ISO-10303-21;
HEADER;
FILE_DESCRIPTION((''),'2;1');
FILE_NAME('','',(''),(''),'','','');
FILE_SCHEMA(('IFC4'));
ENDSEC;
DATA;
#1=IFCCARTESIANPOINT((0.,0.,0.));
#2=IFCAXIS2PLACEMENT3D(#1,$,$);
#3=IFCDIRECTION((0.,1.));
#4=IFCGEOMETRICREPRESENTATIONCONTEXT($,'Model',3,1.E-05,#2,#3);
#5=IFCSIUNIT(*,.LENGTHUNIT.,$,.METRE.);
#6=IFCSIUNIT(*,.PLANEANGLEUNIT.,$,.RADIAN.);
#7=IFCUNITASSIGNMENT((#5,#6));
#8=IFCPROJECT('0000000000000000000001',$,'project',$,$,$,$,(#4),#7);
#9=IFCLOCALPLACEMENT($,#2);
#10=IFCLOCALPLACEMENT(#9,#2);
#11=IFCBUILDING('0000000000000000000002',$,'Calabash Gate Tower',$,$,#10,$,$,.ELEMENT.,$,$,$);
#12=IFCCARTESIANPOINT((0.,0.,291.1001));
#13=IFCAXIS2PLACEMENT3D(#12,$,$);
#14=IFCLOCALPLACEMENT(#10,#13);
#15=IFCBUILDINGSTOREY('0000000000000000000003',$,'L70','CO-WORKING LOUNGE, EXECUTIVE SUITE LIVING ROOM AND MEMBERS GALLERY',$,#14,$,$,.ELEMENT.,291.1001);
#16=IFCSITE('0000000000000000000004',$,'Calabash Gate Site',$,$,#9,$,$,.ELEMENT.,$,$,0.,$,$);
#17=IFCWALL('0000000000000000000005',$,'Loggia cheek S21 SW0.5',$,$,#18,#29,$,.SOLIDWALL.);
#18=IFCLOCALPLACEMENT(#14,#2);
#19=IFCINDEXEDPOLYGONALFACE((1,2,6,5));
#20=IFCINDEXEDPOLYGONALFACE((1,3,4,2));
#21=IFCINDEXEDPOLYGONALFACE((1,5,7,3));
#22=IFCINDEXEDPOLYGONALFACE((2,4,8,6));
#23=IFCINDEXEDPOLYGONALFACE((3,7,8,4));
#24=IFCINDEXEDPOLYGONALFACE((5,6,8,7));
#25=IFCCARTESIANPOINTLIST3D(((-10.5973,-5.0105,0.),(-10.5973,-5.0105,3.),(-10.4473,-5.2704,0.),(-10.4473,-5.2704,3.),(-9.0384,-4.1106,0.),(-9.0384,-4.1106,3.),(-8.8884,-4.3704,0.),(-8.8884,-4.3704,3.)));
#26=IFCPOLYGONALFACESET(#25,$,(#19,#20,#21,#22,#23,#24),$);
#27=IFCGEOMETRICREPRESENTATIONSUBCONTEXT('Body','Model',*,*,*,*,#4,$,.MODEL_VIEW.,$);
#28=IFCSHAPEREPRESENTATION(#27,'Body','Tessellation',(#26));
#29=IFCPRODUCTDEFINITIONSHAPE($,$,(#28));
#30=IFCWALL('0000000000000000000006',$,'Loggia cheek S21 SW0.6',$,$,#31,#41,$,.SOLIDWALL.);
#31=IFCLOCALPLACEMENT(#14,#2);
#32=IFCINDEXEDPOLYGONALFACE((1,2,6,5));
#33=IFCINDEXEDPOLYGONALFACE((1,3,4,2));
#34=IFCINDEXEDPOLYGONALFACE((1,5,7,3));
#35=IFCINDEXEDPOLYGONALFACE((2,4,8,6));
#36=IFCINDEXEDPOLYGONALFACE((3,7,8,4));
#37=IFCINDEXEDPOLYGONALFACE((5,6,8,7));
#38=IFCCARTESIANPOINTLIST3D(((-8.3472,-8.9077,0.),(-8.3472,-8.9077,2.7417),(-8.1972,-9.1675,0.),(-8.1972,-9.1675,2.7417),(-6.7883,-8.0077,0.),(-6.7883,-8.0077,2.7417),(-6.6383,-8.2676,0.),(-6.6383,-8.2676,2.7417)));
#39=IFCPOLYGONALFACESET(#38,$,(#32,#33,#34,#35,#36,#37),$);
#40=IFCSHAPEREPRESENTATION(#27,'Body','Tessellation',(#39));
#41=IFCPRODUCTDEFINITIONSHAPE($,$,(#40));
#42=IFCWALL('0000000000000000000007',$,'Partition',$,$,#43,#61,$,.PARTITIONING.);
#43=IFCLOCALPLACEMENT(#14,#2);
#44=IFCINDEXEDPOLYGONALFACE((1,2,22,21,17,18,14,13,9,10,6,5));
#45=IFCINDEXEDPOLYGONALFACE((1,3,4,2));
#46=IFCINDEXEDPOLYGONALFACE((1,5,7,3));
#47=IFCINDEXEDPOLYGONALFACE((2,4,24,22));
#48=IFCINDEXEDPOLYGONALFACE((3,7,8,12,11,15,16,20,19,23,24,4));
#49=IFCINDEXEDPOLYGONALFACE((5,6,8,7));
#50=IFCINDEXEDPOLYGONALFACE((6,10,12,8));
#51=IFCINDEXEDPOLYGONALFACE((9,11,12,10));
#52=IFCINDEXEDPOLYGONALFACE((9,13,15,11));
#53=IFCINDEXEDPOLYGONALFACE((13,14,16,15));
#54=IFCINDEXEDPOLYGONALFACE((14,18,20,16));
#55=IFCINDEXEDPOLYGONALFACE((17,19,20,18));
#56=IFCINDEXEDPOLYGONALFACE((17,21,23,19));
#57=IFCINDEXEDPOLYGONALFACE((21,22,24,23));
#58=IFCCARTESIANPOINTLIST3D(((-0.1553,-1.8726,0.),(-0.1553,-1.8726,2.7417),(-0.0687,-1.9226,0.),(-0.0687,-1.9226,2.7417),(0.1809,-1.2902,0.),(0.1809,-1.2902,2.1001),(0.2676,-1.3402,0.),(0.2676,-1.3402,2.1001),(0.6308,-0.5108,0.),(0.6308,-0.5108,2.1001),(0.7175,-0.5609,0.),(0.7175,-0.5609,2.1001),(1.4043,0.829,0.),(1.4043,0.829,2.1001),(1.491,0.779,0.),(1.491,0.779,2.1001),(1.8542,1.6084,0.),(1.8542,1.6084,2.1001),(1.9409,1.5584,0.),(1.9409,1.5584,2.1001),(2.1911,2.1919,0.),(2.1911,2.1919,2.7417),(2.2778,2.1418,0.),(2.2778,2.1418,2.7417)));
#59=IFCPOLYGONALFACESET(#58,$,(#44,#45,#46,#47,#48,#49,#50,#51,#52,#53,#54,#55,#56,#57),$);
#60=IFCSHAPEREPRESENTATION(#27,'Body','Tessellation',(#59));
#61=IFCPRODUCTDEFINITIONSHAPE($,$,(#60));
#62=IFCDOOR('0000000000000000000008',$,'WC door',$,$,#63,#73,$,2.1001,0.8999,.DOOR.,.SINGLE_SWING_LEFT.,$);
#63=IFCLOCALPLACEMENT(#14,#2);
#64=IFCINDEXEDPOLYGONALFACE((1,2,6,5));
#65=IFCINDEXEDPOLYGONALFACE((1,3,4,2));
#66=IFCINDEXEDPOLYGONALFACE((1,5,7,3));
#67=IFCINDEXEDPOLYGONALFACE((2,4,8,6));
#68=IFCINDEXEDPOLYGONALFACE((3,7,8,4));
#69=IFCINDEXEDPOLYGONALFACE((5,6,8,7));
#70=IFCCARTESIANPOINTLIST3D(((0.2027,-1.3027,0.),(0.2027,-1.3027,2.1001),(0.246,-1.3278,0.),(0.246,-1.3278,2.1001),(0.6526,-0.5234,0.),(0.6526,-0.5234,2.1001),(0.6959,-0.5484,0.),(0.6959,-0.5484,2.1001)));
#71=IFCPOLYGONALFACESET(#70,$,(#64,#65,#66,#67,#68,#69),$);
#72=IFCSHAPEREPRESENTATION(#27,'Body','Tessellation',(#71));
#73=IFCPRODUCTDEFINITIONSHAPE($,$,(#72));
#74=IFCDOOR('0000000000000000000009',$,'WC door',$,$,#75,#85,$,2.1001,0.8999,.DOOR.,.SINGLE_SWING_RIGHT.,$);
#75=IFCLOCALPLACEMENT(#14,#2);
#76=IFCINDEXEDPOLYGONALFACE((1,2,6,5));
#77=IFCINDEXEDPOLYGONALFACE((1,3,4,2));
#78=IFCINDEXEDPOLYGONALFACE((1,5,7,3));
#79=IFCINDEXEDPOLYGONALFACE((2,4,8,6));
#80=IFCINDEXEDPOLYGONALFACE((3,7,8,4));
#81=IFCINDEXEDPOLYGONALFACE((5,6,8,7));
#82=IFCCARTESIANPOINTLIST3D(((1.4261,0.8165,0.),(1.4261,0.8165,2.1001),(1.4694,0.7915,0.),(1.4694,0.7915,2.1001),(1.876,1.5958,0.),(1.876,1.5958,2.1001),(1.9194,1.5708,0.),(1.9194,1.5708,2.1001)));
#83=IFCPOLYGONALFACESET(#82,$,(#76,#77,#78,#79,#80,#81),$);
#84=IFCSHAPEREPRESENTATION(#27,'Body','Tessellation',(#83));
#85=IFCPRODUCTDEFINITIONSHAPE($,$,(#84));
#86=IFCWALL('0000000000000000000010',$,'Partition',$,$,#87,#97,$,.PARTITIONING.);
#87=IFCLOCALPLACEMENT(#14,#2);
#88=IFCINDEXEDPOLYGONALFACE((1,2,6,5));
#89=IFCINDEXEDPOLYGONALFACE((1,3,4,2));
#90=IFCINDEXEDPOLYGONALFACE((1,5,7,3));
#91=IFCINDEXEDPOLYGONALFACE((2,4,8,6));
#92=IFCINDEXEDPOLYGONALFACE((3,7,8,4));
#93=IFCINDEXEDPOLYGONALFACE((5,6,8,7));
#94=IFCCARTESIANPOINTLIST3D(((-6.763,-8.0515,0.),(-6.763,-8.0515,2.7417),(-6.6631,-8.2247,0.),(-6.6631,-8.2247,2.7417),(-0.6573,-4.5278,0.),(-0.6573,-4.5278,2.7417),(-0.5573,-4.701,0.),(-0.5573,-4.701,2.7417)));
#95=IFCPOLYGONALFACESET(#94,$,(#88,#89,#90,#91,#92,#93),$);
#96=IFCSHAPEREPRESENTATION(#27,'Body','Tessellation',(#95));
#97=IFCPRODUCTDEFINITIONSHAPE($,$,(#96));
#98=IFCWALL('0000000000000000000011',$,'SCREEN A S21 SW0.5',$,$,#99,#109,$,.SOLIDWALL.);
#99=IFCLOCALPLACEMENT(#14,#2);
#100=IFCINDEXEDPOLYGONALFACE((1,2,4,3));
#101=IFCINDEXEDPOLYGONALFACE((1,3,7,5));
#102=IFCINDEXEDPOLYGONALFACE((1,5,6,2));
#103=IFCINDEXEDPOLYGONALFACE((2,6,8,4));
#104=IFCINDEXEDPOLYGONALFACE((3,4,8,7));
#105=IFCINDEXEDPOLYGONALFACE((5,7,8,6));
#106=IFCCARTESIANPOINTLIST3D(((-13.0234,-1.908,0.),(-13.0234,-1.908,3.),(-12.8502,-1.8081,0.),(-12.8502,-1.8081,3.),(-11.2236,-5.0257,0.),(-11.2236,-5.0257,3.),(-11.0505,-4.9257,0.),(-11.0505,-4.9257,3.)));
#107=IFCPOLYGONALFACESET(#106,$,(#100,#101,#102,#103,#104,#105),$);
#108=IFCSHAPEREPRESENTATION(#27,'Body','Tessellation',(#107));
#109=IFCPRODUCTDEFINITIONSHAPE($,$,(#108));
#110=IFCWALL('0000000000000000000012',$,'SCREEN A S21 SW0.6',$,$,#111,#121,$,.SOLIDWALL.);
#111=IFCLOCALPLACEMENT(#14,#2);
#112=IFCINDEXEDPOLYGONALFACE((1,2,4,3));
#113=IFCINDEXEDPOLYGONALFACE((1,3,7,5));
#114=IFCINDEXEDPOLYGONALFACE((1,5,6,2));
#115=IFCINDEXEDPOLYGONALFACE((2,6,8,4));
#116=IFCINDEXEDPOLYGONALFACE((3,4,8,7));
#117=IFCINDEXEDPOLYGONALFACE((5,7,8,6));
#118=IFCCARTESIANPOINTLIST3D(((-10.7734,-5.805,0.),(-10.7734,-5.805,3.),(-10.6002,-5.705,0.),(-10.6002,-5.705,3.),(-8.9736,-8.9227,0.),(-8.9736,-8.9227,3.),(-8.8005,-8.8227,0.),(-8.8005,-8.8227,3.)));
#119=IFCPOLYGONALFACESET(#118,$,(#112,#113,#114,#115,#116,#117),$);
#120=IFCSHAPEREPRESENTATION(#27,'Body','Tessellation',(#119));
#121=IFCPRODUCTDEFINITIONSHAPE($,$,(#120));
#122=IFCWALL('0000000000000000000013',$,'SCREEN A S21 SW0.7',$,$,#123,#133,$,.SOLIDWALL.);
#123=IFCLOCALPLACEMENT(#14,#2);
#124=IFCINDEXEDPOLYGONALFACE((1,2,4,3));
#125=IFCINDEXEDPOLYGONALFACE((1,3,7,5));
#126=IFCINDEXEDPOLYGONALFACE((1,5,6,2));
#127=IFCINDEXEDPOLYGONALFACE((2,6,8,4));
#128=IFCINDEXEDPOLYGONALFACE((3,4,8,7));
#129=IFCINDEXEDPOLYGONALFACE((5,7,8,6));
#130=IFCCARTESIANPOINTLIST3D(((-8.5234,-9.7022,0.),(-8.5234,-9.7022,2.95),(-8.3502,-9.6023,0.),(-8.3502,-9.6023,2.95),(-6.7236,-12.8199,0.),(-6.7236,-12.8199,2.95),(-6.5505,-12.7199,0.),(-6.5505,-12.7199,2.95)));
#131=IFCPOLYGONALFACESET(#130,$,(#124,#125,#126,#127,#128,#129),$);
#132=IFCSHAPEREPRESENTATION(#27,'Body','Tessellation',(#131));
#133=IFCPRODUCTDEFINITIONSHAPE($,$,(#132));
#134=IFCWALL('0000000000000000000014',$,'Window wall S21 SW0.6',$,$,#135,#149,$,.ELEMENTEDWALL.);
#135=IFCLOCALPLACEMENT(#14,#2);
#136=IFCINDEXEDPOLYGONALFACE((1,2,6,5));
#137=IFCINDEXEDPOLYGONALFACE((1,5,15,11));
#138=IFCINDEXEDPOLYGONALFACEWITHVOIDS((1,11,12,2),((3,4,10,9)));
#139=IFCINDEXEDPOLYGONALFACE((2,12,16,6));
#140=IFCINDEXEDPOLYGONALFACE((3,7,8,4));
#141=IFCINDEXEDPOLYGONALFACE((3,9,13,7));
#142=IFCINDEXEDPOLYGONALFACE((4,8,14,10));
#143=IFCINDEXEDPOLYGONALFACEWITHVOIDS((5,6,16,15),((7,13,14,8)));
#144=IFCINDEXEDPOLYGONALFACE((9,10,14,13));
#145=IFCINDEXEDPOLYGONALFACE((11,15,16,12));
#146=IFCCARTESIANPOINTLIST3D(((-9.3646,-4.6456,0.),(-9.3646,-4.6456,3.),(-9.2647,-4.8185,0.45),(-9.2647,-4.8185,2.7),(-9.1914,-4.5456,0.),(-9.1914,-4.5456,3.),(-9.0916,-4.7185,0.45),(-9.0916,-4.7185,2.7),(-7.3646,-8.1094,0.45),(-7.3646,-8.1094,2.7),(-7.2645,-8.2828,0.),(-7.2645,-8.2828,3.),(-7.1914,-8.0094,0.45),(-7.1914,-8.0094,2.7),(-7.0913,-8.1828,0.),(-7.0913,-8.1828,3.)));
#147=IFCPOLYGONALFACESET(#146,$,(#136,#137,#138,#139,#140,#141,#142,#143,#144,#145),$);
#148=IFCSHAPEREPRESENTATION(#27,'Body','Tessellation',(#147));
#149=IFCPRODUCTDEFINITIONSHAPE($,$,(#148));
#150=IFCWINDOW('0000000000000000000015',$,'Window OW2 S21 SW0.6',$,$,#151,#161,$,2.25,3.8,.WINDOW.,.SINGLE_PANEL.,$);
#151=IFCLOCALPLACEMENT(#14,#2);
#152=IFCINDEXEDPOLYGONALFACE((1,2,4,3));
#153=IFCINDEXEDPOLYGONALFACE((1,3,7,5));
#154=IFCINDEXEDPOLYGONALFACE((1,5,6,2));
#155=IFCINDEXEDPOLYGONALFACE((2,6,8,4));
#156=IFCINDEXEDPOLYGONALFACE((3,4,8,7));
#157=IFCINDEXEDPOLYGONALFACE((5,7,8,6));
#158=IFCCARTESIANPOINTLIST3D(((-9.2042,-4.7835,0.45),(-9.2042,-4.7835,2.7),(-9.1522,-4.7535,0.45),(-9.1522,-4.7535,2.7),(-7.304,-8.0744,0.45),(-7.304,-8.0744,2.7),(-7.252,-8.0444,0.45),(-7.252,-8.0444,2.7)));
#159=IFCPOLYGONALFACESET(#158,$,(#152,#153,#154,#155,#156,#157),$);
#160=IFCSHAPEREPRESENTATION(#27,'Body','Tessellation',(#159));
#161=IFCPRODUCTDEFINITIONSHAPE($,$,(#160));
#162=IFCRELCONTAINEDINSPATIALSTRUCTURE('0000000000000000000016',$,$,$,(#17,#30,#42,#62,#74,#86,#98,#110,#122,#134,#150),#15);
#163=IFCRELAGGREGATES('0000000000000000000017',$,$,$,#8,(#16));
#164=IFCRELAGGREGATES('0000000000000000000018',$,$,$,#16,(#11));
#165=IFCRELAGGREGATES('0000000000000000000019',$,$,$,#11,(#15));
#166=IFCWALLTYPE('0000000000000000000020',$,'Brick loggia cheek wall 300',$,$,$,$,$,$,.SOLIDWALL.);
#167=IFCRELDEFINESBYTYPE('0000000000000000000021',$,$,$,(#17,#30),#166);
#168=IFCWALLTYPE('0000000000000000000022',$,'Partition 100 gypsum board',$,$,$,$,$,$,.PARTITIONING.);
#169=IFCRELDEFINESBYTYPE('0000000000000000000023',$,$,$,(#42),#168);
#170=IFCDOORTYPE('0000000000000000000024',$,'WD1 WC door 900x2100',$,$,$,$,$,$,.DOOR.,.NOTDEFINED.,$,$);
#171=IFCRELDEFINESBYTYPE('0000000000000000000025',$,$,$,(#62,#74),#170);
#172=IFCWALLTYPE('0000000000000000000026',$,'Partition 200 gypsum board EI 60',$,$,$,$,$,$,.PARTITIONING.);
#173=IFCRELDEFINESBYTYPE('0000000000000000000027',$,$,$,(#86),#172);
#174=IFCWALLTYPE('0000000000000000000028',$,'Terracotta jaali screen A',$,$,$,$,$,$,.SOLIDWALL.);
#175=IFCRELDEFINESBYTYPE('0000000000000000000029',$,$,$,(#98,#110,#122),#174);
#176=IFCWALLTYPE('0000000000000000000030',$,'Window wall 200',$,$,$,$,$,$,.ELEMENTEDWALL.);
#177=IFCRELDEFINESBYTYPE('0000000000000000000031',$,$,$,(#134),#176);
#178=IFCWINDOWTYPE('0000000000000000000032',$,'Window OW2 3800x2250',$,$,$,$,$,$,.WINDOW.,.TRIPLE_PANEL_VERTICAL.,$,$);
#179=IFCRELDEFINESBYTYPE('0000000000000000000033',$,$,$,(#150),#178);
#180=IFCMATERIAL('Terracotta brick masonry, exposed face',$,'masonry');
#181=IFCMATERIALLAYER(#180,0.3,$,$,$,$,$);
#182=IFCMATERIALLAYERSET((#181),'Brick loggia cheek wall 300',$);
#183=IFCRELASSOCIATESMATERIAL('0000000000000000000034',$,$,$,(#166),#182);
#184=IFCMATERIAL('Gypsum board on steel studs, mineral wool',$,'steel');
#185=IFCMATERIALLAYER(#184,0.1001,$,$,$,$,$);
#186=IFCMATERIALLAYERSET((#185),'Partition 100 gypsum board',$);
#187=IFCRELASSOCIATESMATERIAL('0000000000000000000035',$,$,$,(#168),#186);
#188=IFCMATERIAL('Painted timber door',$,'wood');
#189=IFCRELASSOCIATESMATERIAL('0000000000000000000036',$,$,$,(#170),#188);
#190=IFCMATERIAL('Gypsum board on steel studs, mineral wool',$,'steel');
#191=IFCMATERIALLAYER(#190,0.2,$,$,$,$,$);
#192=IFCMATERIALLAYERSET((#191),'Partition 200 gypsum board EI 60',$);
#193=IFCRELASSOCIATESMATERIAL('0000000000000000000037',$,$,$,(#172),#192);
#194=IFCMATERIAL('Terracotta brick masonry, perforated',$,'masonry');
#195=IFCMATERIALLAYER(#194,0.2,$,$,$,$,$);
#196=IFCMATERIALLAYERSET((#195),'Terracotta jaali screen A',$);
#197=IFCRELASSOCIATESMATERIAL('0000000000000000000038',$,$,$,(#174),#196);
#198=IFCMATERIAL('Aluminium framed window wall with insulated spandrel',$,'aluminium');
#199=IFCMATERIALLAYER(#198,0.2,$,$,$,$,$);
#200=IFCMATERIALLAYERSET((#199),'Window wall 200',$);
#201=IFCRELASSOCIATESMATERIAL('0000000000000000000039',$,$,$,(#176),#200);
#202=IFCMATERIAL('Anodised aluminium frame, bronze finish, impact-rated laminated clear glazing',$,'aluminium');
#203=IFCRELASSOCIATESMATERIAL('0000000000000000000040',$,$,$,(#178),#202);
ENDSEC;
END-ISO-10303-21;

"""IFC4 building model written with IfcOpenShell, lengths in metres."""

from ifc_helpers import new_model, si_unit, direction, frame, frame_2d, origin, place, context, subcontext, project, spatial, rectangle, extrude, material, layer, layer_set, type_object, element, fill, save


model = new_model("IFC4")

# Units and contexts
model_context = context("Model", 3, precision=1e-05, world=origin(), true_north=direction((0.0, 1.0)))
body_context = subcontext(model_context, "Body", "Model", "MODEL_VIEW")
ifc_project = project(units=[si_unit("LENGTHUNIT", "METRE"), si_unit("PLANEANGLEUNIT", "RADIAN")], contexts=[model_context])

# Site, building, storey
site_placement = place(None, origin())
site = spatial("IfcSite", under=ifc_project, at=site_placement, Name="Calabash Gate Site", CompositionType="ELEMENT", RefElevation=0.0)
building_placement = place(site_placement, origin())
building = spatial("IfcBuilding", under=site, at=building_placement, Name="Calabash Gate Tower", CompositionType="ELEMENT")
storey_placement = place(building_placement, frame((0.0, 0.0, 291.1001)))
storey = spatial("IfcBuildingStorey", under=building, at=storey_placement, Name="L70", Description="CO-WORKING LOUNGE, EXECUTIVE SUITE LIVING ROOM AND MEMBERS GALLERY", CompositionType="ELEMENT", Elevation=291.1001)

# Walls
ifc_material_1 = material(Name="Terracotta brick masonry, exposed face", Category="masonry")
ifc_layer_1 = layer(ifc_material_1, 0.3)
ifc_layer_set_1 = layer_set([ifc_layer_1], Name="Brick loggia cheek wall 300")
wall_type_1 = type_object("IfcWallType", Name="Brick loggia cheek wall 300", PredefinedType="SOLIDWALL", material=ifc_layer_set_1)
wall_1_placement = place(storey_placement, frame((-10.5222, -5.1404, 0.0), z_axis=(0.0, 0.0, 1.0), x_axis=(0.866048, 0.499961, 0.0)))
element("IfcWall", 1, at=wall_1_placement, inside=storey, type_object=wall_type_1, Name="Loggia cheek S21 SW0.5", PredefinedType="SOLIDWALL", context=body_context, shape_type="SweptSolid", body=[
    extrude(rectangle(XDim=1.8, YDim=0.3, at=frame_2d((0.8999, 0.0))), origin(), (0.0, 0.0, 1.0), 3.0),
])
wall_2_placement = place(storey_placement, frame((-6.7134, -8.1377, 0.0), z_axis=(0.0, 0.0, 1.0), x_axis=(-0.866048, -0.499961, 0.0)))
element("IfcWall", 2, at=wall_2_placement, inside=storey, type_object=wall_type_1, Name="Loggia cheek S21 SW0.6", PredefinedType="SOLIDWALL", context=body_context, shape_type="SweptSolid", body=[
    extrude(rectangle(XDim=1.8, YDim=0.3, at=frame_2d((0.8999, 0.0))), origin(), (0.0, 0.0, 1.0), 2.7417),
])

# Wall, openings, doors
ifc_material_2 = material(Name="Gypsum board on steel studs, mineral wool", Category="steel")
ifc_layer_2 = layer(ifc_material_2, 0.1001)
ifc_layer_set_2 = layer_set([ifc_layer_2], Name="Partition 100 gypsum board")
wall_type_2 = type_object("IfcWallType", Name="Partition 100 gypsum board", PredefinedType="PARTITIONING", material=ifc_layer_set_2)
wall_3_placement = place(storey_placement, frame((-0.1121, -1.8977, 0.0), z_axis=(0.0, 0.0, 1.0), x_axis=(0.499972, 0.866042, 0.0)))
wall_3 = element("IfcWall", 3, at=wall_3_placement, inside=storey, type_object=wall_type_2, Name="Partition", PredefinedType="PARTITIONING", context=body_context, shape_type="SweptSolid", body=[
    extrude(rectangle(XDim=4.6931, YDim=0.1001, at=frame_2d((2.3467, 0.0))), origin(), (0.0, 0.0, 1.0), 2.7417),
])
opening_1_placement = place(wall_3_placement, frame((0.6726, 0.0, 0.0)))
opening_1 = element("IfcOpeningElement", 4, at=opening_1_placement, cuts=wall_3, PredefinedType="OPENING", context=body_context, shape_type="SweptSolid", body=[
    extrude(rectangle(XDim=0.8999, YDim=2.1001, at=frame_2d((0.45, 1.05))), frame((0.0, 0.0601, 0.0), z_axis=(0.0, -1.0, 0.0), x_axis=(1.0, 0.0, 0.0)), (0.0, 0.0, 1.0), 0.1201),
])
opening_2_placement = place(wall_3_placement, frame((3.1196, 0.0, 0.0)))
opening_2 = element("IfcOpeningElement", 5, at=opening_2_placement, cuts=wall_3, PredefinedType="OPENING", context=body_context, shape_type="SweptSolid", body=[
    extrude(rectangle(XDim=0.8999, YDim=2.1001, at=frame_2d((0.45, 1.05))), frame((0.0, 0.0601, 0.0), z_axis=(0.0, -1.0, 0.0), x_axis=(1.0, 0.0, 0.0)), (0.0, 0.0, 1.0), 0.1201),
])
ifc_material_3 = material(Name="Painted timber door", Category="wood")
door_type_1 = type_object("IfcDoorType", Name="WD1 WC door 900x2100", OperationType="NOTDEFINED", PredefinedType="DOOR", material=ifc_material_3)
door_1_placement = place(opening_1_placement, origin())
door_1 = element("IfcDoor", 6, at=door_1_placement, inside=storey, type_object=door_type_1, Name="WC door", OperationType="SINGLE_SWING_LEFT", OverallHeight=2.1001, OverallWidth=0.8999, PredefinedType="DOOR", context=body_context, shape_type="SweptSolid", body=[
    extrude(rectangle(XDim=0.8999, YDim=2.1001, at=frame_2d((0.45, 1.05))), frame((0.0, 0.0249, 0.0), z_axis=(0.0, -1.0, 0.0), x_axis=(1.0, 0.0, 0.0)), (0.0, 0.0, 1.0), 0.05),
])
fill(opening_1, door_1)
door_2_placement = place(opening_2_placement, origin())
door_2 = element("IfcDoor", 7, at=door_2_placement, inside=storey, type_object=door_type_1, Name="WC door", OperationType="SINGLE_SWING_RIGHT", OverallHeight=2.1001, OverallWidth=0.8999, PredefinedType="DOOR", context=body_context, shape_type="SweptSolid", body=[
    extrude(rectangle(XDim=0.8999, YDim=2.1001, at=frame_2d((0.45, 1.05))), frame((0.0, 0.0249, 0.0), z_axis=(0.0, -1.0, 0.0), x_axis=(1.0, 0.0, 0.0)), (0.0, 0.0, 1.0), 0.05),
])
fill(opening_2, door_2)

# Walls
ifc_material_4 = material(Name="Gypsum board on steel studs, mineral wool", Category="steel")
ifc_layer_3 = layer(ifc_material_4, 0.2)
ifc_layer_set_3 = layer_set([ifc_layer_3], Name="Partition 200 gypsum board EI 60")
wall_type_3 = type_object("IfcWallType", Name="Partition 200 gypsum board EI 60", PredefinedType="PARTITIONING", material=ifc_layer_set_3)
wall_4_placement = place(storey_placement, frame((-6.7131, -8.1382, 0.0), z_axis=(0.0, 0.0, 1.0), x_axis=(0.866115, 0.499845, 0.0)))
element("IfcWall", 8, at=wall_4_placement, inside=storey, type_object=wall_type_3, Name="Partition", PredefinedType="PARTITIONING", context=body_context, shape_type="SweptSolid", body=[
    extrude(rectangle(XDim=7.0496, YDim=0.2, at=frame_2d((3.5249, 0.0))), origin(), (0.0, 0.0, 1.0), 2.7417),
])
ifc_material_5 = material(Name="Terracotta brick masonry, perforated", Category="masonry")
ifc_layer_4 = layer(ifc_material_5, 0.2)
ifc_layer_set_4 = layer_set([ifc_layer_4], Name="Terracotta jaali screen A")
wall_type_4 = type_object("IfcWallType", Name="Terracotta jaali screen A", PredefinedType="SOLIDWALL", material=ifc_layer_set_4)
for number, where, z_axis, x_axis, name in (
    (9, (-12.9368, -1.8582, 0.0), (0.0, 0.0, 1.0), (0.499961, -0.866048, 0.0), "SCREEN A S21 SW0.5"),
    (10, (-10.6868, -5.7551, 0.0), (0.0, 0.0, 1.0), (0.499961, -0.866048, 0.0), "SCREEN A S21 SW0.6"),
):
    element("IfcWall", number, at=place(storey_placement, frame(where, z_axis=z_axis, x_axis=x_axis)), inside=storey, type_object=wall_type_4, Name=name, PredefinedType="SOLIDWALL", context=body_context, shape_type="SweptSolid", body=[
        extrude(rectangle(XDim=3.5999, YDim=0.2, at=frame_2d((1.7998, 0.0))), origin(), (0.0, 0.0, 1.0), 3.0),
    ])
wall_5_placement = place(storey_placement, frame((-8.4368, -9.6523, 0.0), z_axis=(0.0, 0.0, 1.0), x_axis=(0.499961, -0.866048, 0.0)))
element("IfcWall", 11, at=wall_5_placement, inside=storey, type_object=wall_type_4, Name="SCREEN A S21 SW0.7", PredefinedType="SOLIDWALL", context=body_context, shape_type="SweptSolid", body=[
    extrude(rectangle(XDim=3.5999, YDim=0.2, at=frame_2d((1.7998, 0.0))), origin(), (0.0, 0.0, 1.0), 2.95),
])

# Wall, opening, window
ifc_material_6 = material(Name="Aluminium framed window wall with insulated spandrel", Category="aluminium")
ifc_layer_5 = layer(ifc_material_6, 0.2)
ifc_layer_set_5 = layer_set([ifc_layer_5], Name="Window wall 200")
wall_type_5 = type_object("IfcWallType", Name="Window wall 200", PredefinedType="ELEMENTEDWALL", material=ifc_layer_set_5)
wall_6_placement = place(storey_placement, frame((-9.2781, -4.5955, 0.0), z_axis=(0.0, 0.0, 1.0), x_axis=(0.500028, -0.866009, 0.0)))
wall_6 = element("IfcWall", 12, at=wall_6_placement, inside=storey, type_object=wall_type_5, Name="Window wall S21 SW0.6", PredefinedType="ELEMENTEDWALL", context=body_context, shape_type="SweptSolid", body=[
    extrude(rectangle(XDim=4.2, YDim=0.2, at=frame_2d((2.1001, 0.0))), origin(), (0.0, 0.0, 1.0), 3.0),
])
opening_3_placement = place(wall_6_placement, frame((0.2, 0.0, 0.45)))
opening_3 = element("IfcOpeningElement", 13, at=opening_3_placement, cuts=wall_6, PredefinedType="OPENING", context=body_context, shape_type="SweptSolid", body=[
    extrude(rectangle(XDim=3.8, YDim=2.25, at=frame_2d((1.8999, 1.125))), frame((0.0, 0.1099, 0.0), z_axis=(0.0, -1.0, 0.0), x_axis=(1.0, 0.0, 0.0)), (0.0, 0.0, 1.0), 0.22),
])
ifc_material_7 = material(Name="Anodised aluminium frame, bronze finish, impact-rated laminated clear glazing", Category="aluminium")
window_type_1 = type_object("IfcWindowType", Name="Window OW2 3800x2250", PartitioningType="TRIPLE_PANEL_VERTICAL", PredefinedType="WINDOW", material=ifc_material_7)
window_1_placement = place(opening_3_placement, origin())
window_1 = element("IfcWindow", 14, at=window_1_placement, inside=storey, type_object=window_type_1, Name="Window OW2 S21 SW0.6", OverallHeight=2.25, OverallWidth=3.8, PartitioningType="SINGLE_PANEL", PredefinedType="WINDOW", context=body_context, shape_type="SweptSolid", body=[
    extrude(rectangle(XDim=3.8, YDim=2.25, at=frame_2d((1.8999, 1.125))), frame((0.0, 0.03, 0.0), z_axis=(0.0, -1.0, 0.0), x_axis=(1.0, 0.0, 0.0)), (0.0, 0.0, 1.0), 0.0601),
])
fill(opening_3, window_1)

save(model, "model.ifc")
